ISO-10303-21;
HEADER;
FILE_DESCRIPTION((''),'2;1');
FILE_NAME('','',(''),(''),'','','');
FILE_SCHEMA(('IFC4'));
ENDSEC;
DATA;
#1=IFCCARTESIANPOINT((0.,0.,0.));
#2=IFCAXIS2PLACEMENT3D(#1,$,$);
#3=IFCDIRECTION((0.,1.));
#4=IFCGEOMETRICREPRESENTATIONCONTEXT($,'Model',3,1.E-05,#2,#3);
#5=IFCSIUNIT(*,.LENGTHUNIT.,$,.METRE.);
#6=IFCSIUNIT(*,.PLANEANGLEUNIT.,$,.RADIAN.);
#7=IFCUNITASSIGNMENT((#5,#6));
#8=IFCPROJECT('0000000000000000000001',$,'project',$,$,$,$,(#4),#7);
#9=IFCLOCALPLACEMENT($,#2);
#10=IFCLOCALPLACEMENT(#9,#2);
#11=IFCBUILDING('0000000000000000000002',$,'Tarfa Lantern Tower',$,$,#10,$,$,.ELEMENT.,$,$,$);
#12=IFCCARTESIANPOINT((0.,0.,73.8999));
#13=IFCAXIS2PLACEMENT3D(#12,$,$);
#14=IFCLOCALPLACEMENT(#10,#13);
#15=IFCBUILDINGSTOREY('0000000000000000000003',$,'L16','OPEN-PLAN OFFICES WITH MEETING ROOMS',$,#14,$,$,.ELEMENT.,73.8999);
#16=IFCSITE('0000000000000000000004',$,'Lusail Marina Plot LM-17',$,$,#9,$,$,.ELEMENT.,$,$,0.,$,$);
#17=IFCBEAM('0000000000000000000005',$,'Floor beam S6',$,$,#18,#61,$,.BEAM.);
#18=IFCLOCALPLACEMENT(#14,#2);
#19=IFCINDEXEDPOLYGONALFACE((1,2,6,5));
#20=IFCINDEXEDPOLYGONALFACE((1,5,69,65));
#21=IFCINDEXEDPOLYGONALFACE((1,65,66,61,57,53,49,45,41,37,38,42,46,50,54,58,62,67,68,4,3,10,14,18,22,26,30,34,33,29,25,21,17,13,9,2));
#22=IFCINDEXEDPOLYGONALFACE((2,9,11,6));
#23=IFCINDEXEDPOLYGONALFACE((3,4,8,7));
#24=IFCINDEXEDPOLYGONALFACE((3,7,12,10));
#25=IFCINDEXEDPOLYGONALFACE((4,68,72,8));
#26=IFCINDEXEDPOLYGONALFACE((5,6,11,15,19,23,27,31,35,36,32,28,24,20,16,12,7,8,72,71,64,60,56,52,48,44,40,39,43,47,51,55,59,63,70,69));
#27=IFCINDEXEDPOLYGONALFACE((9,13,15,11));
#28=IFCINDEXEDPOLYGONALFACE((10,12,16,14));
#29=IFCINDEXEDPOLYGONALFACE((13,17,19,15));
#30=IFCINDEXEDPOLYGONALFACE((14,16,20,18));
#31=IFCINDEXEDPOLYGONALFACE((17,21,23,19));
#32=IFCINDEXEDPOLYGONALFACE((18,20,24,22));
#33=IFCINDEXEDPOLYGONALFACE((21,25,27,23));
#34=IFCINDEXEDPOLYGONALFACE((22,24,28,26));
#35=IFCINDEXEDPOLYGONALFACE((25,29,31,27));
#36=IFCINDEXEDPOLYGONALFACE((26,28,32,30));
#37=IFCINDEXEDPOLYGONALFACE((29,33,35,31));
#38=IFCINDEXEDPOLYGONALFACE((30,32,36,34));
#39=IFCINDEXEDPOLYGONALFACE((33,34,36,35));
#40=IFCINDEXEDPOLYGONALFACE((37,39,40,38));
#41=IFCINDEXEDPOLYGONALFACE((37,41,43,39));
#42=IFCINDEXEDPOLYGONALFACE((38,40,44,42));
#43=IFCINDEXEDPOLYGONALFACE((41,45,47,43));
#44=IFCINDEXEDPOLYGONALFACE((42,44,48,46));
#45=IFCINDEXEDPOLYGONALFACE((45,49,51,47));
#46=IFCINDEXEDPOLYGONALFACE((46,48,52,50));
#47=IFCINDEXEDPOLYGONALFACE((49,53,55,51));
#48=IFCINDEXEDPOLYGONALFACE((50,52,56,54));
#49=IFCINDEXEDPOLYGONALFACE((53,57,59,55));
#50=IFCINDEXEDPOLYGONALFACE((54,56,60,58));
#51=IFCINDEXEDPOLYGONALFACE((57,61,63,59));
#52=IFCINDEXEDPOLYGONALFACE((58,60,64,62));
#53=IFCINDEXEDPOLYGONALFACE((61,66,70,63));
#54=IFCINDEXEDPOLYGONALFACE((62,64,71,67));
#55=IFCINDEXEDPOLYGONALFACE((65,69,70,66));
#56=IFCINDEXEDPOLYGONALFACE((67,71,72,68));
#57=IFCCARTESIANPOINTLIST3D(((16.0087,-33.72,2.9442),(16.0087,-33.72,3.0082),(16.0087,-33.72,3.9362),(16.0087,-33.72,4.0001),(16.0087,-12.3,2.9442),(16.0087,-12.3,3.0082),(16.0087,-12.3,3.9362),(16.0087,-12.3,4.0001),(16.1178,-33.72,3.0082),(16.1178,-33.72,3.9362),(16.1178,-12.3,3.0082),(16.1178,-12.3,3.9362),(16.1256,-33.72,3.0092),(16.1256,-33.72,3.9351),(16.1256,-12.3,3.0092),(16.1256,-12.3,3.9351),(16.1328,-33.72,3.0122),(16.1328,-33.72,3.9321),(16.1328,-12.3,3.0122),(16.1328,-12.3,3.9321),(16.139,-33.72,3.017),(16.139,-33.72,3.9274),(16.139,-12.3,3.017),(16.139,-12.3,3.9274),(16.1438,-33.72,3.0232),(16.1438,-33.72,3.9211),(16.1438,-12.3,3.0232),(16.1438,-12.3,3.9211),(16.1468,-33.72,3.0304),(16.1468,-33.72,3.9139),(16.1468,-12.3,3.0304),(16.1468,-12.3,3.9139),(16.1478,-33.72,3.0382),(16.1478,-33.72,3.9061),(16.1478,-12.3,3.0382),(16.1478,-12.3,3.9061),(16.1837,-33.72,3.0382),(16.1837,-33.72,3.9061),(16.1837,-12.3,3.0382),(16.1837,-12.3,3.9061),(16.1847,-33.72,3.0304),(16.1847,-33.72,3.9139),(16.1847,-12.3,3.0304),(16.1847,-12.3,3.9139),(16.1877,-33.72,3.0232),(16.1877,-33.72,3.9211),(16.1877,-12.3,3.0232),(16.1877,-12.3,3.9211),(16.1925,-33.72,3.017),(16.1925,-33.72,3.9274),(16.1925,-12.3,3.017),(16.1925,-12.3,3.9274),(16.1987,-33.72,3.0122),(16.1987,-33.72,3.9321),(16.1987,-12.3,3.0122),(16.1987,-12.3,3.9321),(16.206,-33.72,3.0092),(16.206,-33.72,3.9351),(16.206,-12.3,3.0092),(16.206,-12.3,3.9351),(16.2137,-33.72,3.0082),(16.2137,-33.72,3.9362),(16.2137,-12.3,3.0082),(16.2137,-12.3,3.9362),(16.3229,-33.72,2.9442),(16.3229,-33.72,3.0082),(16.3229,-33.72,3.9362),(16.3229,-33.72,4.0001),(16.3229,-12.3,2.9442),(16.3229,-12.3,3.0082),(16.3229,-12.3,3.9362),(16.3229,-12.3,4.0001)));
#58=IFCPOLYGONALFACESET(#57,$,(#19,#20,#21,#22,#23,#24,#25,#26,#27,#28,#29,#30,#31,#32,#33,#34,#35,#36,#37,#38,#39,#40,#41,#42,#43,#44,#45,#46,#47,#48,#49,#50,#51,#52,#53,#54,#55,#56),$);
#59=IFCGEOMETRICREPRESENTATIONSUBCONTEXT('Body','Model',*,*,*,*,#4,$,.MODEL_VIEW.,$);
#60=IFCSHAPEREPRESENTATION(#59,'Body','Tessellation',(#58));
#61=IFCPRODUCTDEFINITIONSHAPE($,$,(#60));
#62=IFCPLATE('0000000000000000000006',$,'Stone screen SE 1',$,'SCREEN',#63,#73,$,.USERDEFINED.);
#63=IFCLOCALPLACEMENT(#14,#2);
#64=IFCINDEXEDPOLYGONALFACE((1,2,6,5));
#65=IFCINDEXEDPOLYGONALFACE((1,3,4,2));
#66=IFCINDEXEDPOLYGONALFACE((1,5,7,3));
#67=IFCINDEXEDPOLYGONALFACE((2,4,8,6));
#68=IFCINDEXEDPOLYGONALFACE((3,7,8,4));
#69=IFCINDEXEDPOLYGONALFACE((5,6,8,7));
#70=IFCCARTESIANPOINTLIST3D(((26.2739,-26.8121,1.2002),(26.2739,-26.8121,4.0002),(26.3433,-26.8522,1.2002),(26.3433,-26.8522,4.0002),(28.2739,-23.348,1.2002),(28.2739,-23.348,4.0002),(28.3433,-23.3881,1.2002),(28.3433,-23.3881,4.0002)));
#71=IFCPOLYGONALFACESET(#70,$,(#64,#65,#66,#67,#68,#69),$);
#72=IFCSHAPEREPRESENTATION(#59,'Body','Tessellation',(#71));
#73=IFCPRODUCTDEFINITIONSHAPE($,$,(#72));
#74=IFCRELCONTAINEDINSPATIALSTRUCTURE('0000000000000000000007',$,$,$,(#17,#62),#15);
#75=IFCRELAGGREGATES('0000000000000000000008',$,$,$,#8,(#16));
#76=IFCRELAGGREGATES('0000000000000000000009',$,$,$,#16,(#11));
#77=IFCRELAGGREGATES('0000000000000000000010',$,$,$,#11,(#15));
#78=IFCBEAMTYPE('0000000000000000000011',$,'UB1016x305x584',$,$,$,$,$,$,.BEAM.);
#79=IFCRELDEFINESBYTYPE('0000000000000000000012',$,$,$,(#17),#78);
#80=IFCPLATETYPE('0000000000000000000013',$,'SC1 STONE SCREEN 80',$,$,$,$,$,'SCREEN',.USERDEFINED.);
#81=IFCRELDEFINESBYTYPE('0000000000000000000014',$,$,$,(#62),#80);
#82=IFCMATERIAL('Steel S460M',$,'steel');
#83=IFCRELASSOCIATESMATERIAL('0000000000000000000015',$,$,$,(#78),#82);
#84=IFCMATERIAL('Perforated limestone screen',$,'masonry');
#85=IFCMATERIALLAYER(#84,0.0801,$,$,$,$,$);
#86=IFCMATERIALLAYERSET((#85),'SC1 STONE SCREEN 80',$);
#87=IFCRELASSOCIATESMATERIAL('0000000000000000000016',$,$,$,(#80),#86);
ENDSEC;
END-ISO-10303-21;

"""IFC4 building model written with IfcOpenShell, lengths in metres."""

from ifc_helpers import new_model, si_unit, direction, frame, origin, origin_2d, place, context, subcontext, project, spatial, rectangle, i_section, extrude, material, layer, layer_set, material_profile, profile_set, type_object, element, save


model = new_model("IFC4")

# Units and contexts
model_context = context("Model", 3, precision=1e-05, world=origin(), true_north=direction((0.0, 1.0)))
body_context = subcontext(model_context, "Body", "Model", "MODEL_VIEW")
ifc_project = project(units=[si_unit("LENGTHUNIT", "METRE"), si_unit("PLANEANGLEUNIT", "RADIAN")], contexts=[model_context])

# Site, building, storey
site_placement = place(None, origin())
site = spatial("IfcSite", under=ifc_project, at=site_placement, Name="Lusail Marina Plot LM-17", CompositionType="ELEMENT", RefElevation=0.0)
building_placement = place(site_placement, origin())
building = spatial("IfcBuilding", under=site, at=building_placement, Name="Tarfa Lantern Tower", CompositionType="ELEMENT")
storey_placement = place(building_placement, frame((0.0, 0.0, 73.8999)))
storey = spatial("IfcBuildingStorey", under=building, at=storey_placement, Name="L16", Description="OPEN-PLAN OFFICES WITH MEETING ROOMS", CompositionType="ELEMENT", Elevation=73.8999)

# Beam
ifc_material_1 = material(Name="Steel S460M", Category="steel")
ifc_material_profile_1 = material_profile(ifc_material_1, i_section(OverallWidth=0.3142, OverallDepth=1.0559, WebThickness=0.0359, FlangeThickness=0.064, FilletRadius=0.03, at=origin_2d()), Name="UB1016x305x584")
ifc_profile_set_1 = profile_set([ifc_material_profile_1], Name="Steel S460M")
beam_type_1 = type_object("IfcBeamType", Name="UB1016x305x584", PredefinedType="BEAM", material=ifc_profile_set_1)
beam_1_placement = place(storey_placement, frame((16.1658, -33.72, 3.4722), z_axis=(0.0, 1.0, 0.0), x_axis=(-1.0, 0.0, 0.0)))
element("IfcBeam", 1, at=beam_1_placement, inside=storey, type_object=beam_type_1, Name="Floor beam S6", PredefinedType="BEAM", context=body_context, shape_type="SweptSolid", body=[
    extrude(i_section(OverallWidth=0.3142, OverallDepth=1.0559, WebThickness=0.0359, FlangeThickness=0.064, FilletRadius=0.03, at=origin_2d()), origin(), (0.0, 0.0, 1.0), 21.4199),
])

# Plate
ifc_material_2 = material(Name="Perforated limestone screen", Category="masonry")
ifc_layer_1 = layer(ifc_material_2, 0.0801)
ifc_layer_set_1 = layer_set([ifc_layer_1], Name="SC1 STONE SCREEN 80")
plate_type = type_object("IfcPlateType", Name="SC1 STONE SCREEN 80", ElementType="SCREEN", PredefinedType="USERDEFINED", material=ifc_layer_set_1)
plate_placement = place(storey_placement, frame((27.3086, -25.1001, 1.2002), z_axis=(0.0, 0.0, 1.0), x_axis=(0.5, 0.866025, 0.0)))
element("IfcPlate", 2, at=plate_placement, inside=storey, type_object=plate_type, Name="Stone screen SE 1", ObjectType="SCREEN", PredefinedType="USERDEFINED", context=body_context, shape_type="SweptSolid", body=[
    extrude(rectangle(XDim=4.0, YDim=0.0801, at=origin_2d()), origin(), (0.0, 0.0, 1.0), 2.8),
])

save(model, "model.ifc")
